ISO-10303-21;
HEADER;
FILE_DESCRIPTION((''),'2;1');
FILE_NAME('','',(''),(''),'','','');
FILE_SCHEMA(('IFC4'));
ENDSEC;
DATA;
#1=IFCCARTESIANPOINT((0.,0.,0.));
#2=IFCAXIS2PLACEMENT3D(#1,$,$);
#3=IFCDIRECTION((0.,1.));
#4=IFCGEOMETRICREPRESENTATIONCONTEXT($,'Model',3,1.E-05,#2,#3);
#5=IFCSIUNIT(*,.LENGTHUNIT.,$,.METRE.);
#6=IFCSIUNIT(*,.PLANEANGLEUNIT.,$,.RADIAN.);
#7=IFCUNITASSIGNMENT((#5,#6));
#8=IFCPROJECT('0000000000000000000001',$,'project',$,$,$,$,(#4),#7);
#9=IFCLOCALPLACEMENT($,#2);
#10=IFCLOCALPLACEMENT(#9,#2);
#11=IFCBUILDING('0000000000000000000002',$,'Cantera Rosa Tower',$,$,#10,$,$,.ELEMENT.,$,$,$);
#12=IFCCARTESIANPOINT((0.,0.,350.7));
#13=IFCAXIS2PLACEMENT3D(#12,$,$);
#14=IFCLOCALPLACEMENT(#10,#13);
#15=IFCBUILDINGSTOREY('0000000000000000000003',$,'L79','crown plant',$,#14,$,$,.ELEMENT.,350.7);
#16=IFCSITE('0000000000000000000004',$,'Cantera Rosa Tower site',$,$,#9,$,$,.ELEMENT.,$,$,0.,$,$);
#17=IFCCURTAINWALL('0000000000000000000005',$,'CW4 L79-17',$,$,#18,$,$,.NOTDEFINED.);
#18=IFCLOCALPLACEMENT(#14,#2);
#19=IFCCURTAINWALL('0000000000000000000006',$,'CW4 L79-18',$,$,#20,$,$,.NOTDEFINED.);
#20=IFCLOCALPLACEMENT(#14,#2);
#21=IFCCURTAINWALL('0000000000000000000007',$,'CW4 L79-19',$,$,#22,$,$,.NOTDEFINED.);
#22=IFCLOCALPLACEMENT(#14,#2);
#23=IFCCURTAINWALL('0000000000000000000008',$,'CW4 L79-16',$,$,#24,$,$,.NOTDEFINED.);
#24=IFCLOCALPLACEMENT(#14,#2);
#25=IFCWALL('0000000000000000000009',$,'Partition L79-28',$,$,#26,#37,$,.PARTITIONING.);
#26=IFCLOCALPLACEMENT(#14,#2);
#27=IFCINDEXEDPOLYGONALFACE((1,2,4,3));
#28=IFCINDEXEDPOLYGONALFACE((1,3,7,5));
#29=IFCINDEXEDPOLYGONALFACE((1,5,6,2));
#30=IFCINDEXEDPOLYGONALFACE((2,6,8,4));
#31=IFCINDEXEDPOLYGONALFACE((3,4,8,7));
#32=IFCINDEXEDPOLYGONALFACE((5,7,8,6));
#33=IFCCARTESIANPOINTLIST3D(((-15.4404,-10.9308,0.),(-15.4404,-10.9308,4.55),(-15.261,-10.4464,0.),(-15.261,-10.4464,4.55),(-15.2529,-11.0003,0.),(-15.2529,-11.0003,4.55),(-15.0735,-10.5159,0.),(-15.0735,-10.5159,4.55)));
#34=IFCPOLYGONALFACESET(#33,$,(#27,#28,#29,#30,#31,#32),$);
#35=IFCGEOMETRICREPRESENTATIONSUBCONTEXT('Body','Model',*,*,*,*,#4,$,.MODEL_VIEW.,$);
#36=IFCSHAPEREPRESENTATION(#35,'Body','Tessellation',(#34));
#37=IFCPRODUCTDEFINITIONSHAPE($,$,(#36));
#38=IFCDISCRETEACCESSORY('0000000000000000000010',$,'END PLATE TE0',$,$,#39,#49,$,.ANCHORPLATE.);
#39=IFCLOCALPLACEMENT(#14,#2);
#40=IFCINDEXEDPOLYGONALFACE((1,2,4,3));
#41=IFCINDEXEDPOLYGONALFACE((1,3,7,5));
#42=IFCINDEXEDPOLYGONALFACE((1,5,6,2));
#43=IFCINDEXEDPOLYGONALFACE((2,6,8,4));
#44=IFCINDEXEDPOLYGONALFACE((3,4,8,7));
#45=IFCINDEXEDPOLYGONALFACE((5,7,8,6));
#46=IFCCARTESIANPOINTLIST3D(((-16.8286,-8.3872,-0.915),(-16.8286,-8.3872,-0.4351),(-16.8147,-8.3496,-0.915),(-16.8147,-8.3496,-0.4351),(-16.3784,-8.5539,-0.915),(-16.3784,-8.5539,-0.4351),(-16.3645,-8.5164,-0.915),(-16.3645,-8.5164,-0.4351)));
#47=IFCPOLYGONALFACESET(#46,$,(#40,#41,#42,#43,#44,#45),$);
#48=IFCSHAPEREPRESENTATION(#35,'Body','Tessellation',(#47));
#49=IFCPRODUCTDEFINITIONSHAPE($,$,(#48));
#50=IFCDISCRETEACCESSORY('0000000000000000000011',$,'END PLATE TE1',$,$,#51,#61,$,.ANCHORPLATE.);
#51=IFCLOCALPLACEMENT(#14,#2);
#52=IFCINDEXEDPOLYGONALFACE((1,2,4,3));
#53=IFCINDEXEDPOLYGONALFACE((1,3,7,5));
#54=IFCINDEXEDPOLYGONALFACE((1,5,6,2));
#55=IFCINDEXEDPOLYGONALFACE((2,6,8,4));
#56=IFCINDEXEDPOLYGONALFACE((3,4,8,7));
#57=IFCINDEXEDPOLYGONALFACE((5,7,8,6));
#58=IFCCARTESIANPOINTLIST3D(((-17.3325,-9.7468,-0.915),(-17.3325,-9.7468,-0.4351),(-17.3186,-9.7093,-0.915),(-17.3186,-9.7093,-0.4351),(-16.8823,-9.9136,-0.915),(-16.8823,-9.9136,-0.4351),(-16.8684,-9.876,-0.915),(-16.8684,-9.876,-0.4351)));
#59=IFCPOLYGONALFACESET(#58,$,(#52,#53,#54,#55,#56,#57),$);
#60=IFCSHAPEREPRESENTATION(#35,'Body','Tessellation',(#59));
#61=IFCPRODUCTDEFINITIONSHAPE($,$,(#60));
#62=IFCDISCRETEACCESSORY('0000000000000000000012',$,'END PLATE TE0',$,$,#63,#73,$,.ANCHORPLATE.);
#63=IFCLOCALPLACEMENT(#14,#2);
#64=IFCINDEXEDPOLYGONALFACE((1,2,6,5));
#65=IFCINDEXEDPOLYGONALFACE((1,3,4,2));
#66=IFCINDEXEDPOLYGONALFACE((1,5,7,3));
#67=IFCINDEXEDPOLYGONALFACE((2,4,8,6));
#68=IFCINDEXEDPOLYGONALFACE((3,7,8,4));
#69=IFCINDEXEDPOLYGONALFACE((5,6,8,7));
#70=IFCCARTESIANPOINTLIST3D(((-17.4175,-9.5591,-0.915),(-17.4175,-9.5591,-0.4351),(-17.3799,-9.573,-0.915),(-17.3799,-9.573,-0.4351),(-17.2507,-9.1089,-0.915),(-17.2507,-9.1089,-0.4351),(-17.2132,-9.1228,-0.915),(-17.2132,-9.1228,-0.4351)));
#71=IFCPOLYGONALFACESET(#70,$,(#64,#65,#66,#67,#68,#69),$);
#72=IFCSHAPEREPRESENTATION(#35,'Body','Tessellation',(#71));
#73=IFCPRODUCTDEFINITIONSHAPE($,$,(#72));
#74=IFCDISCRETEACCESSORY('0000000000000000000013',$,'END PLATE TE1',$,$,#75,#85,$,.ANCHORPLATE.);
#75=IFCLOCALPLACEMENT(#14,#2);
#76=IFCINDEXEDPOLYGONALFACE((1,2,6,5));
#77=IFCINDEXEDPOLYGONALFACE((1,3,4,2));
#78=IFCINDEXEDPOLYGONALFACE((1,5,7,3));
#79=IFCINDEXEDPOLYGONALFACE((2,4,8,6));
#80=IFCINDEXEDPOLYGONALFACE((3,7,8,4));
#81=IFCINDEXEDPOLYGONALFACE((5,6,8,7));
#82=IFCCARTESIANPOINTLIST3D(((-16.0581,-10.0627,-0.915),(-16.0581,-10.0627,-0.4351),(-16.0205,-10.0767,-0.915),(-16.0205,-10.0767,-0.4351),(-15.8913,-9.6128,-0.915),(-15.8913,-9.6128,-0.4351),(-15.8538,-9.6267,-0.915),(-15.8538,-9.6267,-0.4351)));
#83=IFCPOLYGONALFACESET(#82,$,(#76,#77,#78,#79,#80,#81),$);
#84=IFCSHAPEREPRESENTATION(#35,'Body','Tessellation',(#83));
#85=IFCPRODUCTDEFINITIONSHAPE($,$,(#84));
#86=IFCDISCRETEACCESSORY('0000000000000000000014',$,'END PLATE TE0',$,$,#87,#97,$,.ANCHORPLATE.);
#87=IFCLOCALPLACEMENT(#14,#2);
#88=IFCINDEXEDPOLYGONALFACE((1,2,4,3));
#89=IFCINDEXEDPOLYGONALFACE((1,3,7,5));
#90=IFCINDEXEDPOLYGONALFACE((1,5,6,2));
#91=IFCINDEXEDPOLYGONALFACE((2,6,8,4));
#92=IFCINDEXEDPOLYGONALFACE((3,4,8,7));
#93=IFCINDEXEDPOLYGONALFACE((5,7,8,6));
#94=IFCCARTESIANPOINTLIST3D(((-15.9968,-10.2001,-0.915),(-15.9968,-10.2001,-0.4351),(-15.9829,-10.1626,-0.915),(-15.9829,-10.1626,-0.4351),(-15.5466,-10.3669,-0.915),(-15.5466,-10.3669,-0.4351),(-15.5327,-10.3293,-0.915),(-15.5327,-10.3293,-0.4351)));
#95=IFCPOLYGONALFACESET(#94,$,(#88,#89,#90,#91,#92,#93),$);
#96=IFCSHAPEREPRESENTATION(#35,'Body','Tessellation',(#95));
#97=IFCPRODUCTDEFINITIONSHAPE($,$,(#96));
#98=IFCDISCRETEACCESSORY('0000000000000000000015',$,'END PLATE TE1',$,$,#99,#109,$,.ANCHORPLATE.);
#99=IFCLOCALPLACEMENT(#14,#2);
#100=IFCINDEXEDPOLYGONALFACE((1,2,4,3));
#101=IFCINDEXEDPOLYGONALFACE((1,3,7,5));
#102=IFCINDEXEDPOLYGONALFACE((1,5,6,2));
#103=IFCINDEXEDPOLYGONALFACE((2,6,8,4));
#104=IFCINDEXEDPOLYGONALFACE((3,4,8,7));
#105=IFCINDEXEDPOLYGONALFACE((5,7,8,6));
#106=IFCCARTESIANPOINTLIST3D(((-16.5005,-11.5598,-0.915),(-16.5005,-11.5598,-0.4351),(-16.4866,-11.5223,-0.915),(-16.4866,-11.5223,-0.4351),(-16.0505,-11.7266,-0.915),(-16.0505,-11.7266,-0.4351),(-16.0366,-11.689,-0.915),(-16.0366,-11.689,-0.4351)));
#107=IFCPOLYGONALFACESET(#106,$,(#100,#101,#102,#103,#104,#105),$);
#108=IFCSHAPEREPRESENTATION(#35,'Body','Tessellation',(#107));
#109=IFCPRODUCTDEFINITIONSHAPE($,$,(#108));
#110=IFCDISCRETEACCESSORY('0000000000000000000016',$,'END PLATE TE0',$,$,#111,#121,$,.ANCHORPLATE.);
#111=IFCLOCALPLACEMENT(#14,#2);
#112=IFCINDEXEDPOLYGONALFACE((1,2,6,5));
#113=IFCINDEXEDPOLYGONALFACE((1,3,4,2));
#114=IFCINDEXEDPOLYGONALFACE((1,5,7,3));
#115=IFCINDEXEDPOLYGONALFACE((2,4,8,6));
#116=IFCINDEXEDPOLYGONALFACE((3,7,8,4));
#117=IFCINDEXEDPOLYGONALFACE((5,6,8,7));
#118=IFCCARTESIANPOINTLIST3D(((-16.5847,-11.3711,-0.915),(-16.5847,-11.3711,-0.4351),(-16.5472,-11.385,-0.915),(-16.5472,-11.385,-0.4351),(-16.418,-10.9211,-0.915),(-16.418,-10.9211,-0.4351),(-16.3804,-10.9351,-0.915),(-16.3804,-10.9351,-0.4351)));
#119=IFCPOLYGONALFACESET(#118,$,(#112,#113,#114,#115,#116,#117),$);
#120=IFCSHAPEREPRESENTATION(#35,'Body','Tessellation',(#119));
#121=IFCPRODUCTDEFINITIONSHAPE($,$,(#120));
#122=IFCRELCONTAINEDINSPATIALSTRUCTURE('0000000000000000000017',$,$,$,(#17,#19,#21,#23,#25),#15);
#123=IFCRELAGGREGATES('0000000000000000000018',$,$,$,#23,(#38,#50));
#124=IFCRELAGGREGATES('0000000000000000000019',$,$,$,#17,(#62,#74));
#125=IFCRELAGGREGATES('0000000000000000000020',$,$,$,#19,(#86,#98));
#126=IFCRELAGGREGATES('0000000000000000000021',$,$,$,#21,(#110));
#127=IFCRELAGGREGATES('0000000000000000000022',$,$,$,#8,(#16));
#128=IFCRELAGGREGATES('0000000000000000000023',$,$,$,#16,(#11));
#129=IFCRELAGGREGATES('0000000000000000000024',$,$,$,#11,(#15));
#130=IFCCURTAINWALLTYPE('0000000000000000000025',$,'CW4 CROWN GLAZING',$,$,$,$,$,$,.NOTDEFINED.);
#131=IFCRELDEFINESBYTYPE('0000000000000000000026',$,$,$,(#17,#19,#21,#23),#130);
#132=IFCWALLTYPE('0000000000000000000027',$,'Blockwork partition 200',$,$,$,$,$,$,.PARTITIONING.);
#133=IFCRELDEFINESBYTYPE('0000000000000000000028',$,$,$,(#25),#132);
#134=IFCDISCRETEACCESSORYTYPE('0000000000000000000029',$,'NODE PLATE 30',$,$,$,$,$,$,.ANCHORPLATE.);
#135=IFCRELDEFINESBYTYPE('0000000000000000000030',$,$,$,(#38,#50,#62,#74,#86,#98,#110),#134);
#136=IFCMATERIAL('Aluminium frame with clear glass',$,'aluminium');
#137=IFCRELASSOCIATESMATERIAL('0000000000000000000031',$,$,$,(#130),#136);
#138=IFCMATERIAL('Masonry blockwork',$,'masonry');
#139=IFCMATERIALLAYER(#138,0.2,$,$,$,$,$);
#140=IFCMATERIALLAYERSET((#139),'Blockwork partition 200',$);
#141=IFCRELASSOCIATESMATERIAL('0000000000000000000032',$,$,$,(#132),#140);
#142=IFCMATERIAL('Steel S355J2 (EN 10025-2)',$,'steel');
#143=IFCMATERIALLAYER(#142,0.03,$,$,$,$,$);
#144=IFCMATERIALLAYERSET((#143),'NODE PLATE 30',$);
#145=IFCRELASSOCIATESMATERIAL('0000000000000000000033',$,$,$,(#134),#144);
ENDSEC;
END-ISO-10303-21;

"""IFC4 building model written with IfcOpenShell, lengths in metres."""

from ifc_helpers import new_model, si_unit, direction, frame, frame_2d, origin, place, context, subcontext, project, spatial, polyline, rectangle, outline, extrude, material, layer, layer_set, type_object, element, aggregate, save


model = new_model("IFC4")

# Units and contexts
model_context = context("Model", 3, precision=1e-05, world=origin(), true_north=direction((0.0, 1.0)))
body_context = subcontext(model_context, "Body", "Model", "MODEL_VIEW")
ifc_project = project(units=[si_unit("LENGTHUNIT", "METRE"), si_unit("PLANEANGLEUNIT", "RADIAN")], contexts=[model_context])

# Site, building, storey
site_placement = place(None, origin())
site = spatial("IfcSite", under=ifc_project, at=site_placement, Name="Cantera Rosa Tower site", CompositionType="ELEMENT", RefElevation=0.0)
building_placement = place(site_placement, origin())
building = spatial("IfcBuilding", under=site, at=building_placement, Name="Cantera Rosa Tower", CompositionType="ELEMENT")
storey_placement = place(building_placement, frame((0.0, 0.0, 350.7)))
storey = spatial("IfcBuildingStorey", under=building, at=storey_placement, Name="L79", Description="crown plant", CompositionType="ELEMENT", Elevation=350.7)

# Curtain walls
ifc_material_1 = material(Name="Aluminium frame with clear glass", Category="aluminium")
curtain_wall_type = type_object("IfcCurtainWallType", Name="CW4 CROWN GLAZING", PredefinedType="NOTDEFINED", material=ifc_material_1)
curtain_wall_1_placement = place(storey_placement, origin())
curtain_wall_1 = element("IfcCurtainWall", 1, at=curtain_wall_1_placement, inside=storey, type_object=curtain_wall_type, Name="CW4 L79-17", PredefinedType="NOTDEFINED")
curtain_wall_2_placement = place(storey_placement, origin())
curtain_wall_2 = element("IfcCurtainWall", 2, at=curtain_wall_2_placement, inside=storey, type_object=curtain_wall_type, Name="CW4 L79-18", PredefinedType="NOTDEFINED")
curtain_wall_3_placement = place(storey_placement, origin())
curtain_wall_3 = element("IfcCurtainWall", 3, at=curtain_wall_3_placement, inside=storey, type_object=curtain_wall_type, Name="CW4 L79-19", PredefinedType="NOTDEFINED")
curtain_wall_4_placement = place(storey_placement, origin())
curtain_wall_4 = element("IfcCurtainWall", 4, at=curtain_wall_4_placement, inside=storey, type_object=curtain_wall_type, Name="CW4 L79-16", PredefinedType="NOTDEFINED")

# Wall
ifc_material_2 = material(Name="Masonry blockwork", Category="masonry")
ifc_layer_1 = layer(ifc_material_2, 0.2)
ifc_layer_set_1 = layer_set([ifc_layer_1], Name="Blockwork partition 200")
wall_type = type_object("IfcWallType", Name="Blockwork partition 200", PredefinedType="PARTITIONING", material=ifc_layer_set_1)
wall_1_placement = place(storey_placement, frame((-15.3467, -10.9656, 0.0), z_axis=(0.0, 0.0, 1.0), x_axis=(0.347391, 0.93772, 0.0)))
element("IfcWall", 5, at=wall_1_placement, inside=storey, type_object=wall_type, Name="Partition L79-28", PredefinedType="PARTITIONING", context=body_context, shape_type="SweptSolid", body=[
    extrude(rectangle(XDim=0.5166, YDim=0.2, at=frame_2d((0.2583, 0.0))), origin(), (0.0, 0.0, 1.0), 4.55),
])

# Discrete accessories
ifc_material_3 = material(Name="Steel S355J2 (EN 10025-2)", Category="steel")
ifc_layer_2 = layer(ifc_material_3, 0.03)
ifc_layer_set_2 = layer_set([ifc_layer_2], Name="NODE PLATE 30")
discrete_accessory_type = type_object("IfcDiscreteAccessoryType", Name="NODE PLATE 30", PredefinedType="ANCHORPLATE", material=ifc_layer_set_2)
discrete_accessory_1_placement = place(storey_placement, frame((-16.8147, -8.3496, -0.4351), z_axis=(0.347331, 0.937743, 0.0), x_axis=(0.937743, -0.347331, 0.0)))
discrete_accessory_1 = element("IfcDiscreteAccessory", 6, at=discrete_accessory_1_placement, type_object=discrete_accessory_type, Name="END PLATE TE0", PredefinedType="ANCHORPLATE", context=body_context, shape_type="SweptSolid", body=[
    extrude(outline(polyline([(0.0, 0.0), (0.4801, 0.0), (0.4801, 0.48), (0.0, 0.48), (0.0, 0.0)])), origin(), (0.0, 0.0, -1.0), 0.04),
])
discrete_accessory_2_placement = place(storey_placement, frame((-16.8823, -9.9136, -0.4351), z_axis=(-0.347331, -0.937743, 0.0), x_axis=(-0.937743, 0.347331, 0.0)))
discrete_accessory_2 = element("IfcDiscreteAccessory", 7, at=discrete_accessory_2_placement, type_object=discrete_accessory_type, Name="END PLATE TE1", PredefinedType="ANCHORPLATE", context=body_context, shape_type="SweptSolid", body=[
    extrude(outline(polyline([(0.0, 0.0), (0.4801, 0.0), (0.4801, 0.48), (0.0, 0.48), (0.0, 0.0)])), origin(), (0.0, 0.0, -1.0), 0.04),
])
aggregate(curtain_wall_4, [discrete_accessory_1, discrete_accessory_2])
discrete_accessory_3_placement = place(storey_placement, frame((-17.4175, -9.5591, -0.4351), z_axis=(-0.937743, 0.347331, 0.0), x_axis=(0.347331, 0.937743, 0.0)))
discrete_accessory_3 = element("IfcDiscreteAccessory", 8, at=discrete_accessory_3_placement, type_object=discrete_accessory_type, Name="END PLATE TE0", PredefinedType="ANCHORPLATE", context=body_context, shape_type="SweptSolid", body=[
    extrude(outline(polyline([(0.0, 0.0), (0.4801, 0.0), (0.4801, 0.48), (0.0, 0.48), (0.0, 0.0)])), origin(), (0.0, 0.0, -1.0), 0.04),
])
discrete_accessory_4_placement = place(storey_placement, frame((-15.8538, -9.6267, -0.4351), z_axis=(0.937681, -0.347497, 0.0), x_axis=(-0.347497, -0.937681, 0.0)))
discrete_accessory_4 = element("IfcDiscreteAccessory", 9, at=discrete_accessory_4_placement, type_object=discrete_accessory_type, Name="END PLATE TE1", PredefinedType="ANCHORPLATE", context=body_context, shape_type="SweptSolid", body=[
    extrude(outline(polyline([(0.0, 0.0), (0.4799, 0.0), (0.4799, 0.48), (0.0, 0.48), (0.0, 0.0)])), origin(), (0.0, 0.0, -1.0), 0.04),
])
aggregate(curtain_wall_1, [discrete_accessory_3, discrete_accessory_4])
discrete_accessory_5_placement = place(storey_placement, frame((-15.9829, -10.1626, -0.4351), z_axis=(0.347331, 0.937743, 0.0), x_axis=(0.937743, -0.347331, 0.0)))
discrete_accessory_5 = element("IfcDiscreteAccessory", 10, at=discrete_accessory_5_placement, type_object=discrete_accessory_type, Name="END PLATE TE0", PredefinedType="ANCHORPLATE", context=body_context, shape_type="SweptSolid", body=[
    extrude(outline(polyline([(0.0, 0.0), (0.4801, 0.0), (0.4801, 0.48), (0.0, 0.48), (0.0, 0.0)])), origin(), (0.0, 0.0, -1.0), 0.04),
])
discrete_accessory_6_placement = place(storey_placement, frame((-16.0505, -11.7266, -0.4351), z_axis=(-0.347497, -0.937681, 0.0), x_axis=(-0.937681, 0.347497, 0.0)))
discrete_accessory_6 = element("IfcDiscreteAccessory", 11, at=discrete_accessory_6_placement, type_object=discrete_accessory_type, Name="END PLATE TE1", PredefinedType="ANCHORPLATE", context=body_context, shape_type="SweptSolid", body=[
    extrude(outline(polyline([(0.0, 0.0), (0.4799, 0.0), (0.4799, 0.48), (0.0, 0.48), (0.0, 0.0)])), origin(), (0.0, 0.0, -1.0), 0.04),
])
aggregate(curtain_wall_2, [discrete_accessory_5, discrete_accessory_6])
discrete_accessory_7_placement = place(storey_placement, frame((-16.5847, -11.3711, -0.4351), z_axis=(-0.937681, 0.347497, 0.0), x_axis=(0.347497, 0.937681, 0.0)))
discrete_accessory_7 = element("IfcDiscreteAccessory", 12, at=discrete_accessory_7_placement, type_object=discrete_accessory_type, Name="END PLATE TE0", PredefinedType="ANCHORPLATE", context=body_context, shape_type="SweptSolid", body=[
    extrude(outline(polyline([(0.0, 0.0), (0.4799, 0.0), (0.4799, 0.48), (0.0, 0.48), (0.0, 0.0)])), origin(), (0.0, 0.0, -1.0), 0.04),
])
aggregate(curtain_wall_3, [discrete_accessory_7])

save(model, "model.ifc")
